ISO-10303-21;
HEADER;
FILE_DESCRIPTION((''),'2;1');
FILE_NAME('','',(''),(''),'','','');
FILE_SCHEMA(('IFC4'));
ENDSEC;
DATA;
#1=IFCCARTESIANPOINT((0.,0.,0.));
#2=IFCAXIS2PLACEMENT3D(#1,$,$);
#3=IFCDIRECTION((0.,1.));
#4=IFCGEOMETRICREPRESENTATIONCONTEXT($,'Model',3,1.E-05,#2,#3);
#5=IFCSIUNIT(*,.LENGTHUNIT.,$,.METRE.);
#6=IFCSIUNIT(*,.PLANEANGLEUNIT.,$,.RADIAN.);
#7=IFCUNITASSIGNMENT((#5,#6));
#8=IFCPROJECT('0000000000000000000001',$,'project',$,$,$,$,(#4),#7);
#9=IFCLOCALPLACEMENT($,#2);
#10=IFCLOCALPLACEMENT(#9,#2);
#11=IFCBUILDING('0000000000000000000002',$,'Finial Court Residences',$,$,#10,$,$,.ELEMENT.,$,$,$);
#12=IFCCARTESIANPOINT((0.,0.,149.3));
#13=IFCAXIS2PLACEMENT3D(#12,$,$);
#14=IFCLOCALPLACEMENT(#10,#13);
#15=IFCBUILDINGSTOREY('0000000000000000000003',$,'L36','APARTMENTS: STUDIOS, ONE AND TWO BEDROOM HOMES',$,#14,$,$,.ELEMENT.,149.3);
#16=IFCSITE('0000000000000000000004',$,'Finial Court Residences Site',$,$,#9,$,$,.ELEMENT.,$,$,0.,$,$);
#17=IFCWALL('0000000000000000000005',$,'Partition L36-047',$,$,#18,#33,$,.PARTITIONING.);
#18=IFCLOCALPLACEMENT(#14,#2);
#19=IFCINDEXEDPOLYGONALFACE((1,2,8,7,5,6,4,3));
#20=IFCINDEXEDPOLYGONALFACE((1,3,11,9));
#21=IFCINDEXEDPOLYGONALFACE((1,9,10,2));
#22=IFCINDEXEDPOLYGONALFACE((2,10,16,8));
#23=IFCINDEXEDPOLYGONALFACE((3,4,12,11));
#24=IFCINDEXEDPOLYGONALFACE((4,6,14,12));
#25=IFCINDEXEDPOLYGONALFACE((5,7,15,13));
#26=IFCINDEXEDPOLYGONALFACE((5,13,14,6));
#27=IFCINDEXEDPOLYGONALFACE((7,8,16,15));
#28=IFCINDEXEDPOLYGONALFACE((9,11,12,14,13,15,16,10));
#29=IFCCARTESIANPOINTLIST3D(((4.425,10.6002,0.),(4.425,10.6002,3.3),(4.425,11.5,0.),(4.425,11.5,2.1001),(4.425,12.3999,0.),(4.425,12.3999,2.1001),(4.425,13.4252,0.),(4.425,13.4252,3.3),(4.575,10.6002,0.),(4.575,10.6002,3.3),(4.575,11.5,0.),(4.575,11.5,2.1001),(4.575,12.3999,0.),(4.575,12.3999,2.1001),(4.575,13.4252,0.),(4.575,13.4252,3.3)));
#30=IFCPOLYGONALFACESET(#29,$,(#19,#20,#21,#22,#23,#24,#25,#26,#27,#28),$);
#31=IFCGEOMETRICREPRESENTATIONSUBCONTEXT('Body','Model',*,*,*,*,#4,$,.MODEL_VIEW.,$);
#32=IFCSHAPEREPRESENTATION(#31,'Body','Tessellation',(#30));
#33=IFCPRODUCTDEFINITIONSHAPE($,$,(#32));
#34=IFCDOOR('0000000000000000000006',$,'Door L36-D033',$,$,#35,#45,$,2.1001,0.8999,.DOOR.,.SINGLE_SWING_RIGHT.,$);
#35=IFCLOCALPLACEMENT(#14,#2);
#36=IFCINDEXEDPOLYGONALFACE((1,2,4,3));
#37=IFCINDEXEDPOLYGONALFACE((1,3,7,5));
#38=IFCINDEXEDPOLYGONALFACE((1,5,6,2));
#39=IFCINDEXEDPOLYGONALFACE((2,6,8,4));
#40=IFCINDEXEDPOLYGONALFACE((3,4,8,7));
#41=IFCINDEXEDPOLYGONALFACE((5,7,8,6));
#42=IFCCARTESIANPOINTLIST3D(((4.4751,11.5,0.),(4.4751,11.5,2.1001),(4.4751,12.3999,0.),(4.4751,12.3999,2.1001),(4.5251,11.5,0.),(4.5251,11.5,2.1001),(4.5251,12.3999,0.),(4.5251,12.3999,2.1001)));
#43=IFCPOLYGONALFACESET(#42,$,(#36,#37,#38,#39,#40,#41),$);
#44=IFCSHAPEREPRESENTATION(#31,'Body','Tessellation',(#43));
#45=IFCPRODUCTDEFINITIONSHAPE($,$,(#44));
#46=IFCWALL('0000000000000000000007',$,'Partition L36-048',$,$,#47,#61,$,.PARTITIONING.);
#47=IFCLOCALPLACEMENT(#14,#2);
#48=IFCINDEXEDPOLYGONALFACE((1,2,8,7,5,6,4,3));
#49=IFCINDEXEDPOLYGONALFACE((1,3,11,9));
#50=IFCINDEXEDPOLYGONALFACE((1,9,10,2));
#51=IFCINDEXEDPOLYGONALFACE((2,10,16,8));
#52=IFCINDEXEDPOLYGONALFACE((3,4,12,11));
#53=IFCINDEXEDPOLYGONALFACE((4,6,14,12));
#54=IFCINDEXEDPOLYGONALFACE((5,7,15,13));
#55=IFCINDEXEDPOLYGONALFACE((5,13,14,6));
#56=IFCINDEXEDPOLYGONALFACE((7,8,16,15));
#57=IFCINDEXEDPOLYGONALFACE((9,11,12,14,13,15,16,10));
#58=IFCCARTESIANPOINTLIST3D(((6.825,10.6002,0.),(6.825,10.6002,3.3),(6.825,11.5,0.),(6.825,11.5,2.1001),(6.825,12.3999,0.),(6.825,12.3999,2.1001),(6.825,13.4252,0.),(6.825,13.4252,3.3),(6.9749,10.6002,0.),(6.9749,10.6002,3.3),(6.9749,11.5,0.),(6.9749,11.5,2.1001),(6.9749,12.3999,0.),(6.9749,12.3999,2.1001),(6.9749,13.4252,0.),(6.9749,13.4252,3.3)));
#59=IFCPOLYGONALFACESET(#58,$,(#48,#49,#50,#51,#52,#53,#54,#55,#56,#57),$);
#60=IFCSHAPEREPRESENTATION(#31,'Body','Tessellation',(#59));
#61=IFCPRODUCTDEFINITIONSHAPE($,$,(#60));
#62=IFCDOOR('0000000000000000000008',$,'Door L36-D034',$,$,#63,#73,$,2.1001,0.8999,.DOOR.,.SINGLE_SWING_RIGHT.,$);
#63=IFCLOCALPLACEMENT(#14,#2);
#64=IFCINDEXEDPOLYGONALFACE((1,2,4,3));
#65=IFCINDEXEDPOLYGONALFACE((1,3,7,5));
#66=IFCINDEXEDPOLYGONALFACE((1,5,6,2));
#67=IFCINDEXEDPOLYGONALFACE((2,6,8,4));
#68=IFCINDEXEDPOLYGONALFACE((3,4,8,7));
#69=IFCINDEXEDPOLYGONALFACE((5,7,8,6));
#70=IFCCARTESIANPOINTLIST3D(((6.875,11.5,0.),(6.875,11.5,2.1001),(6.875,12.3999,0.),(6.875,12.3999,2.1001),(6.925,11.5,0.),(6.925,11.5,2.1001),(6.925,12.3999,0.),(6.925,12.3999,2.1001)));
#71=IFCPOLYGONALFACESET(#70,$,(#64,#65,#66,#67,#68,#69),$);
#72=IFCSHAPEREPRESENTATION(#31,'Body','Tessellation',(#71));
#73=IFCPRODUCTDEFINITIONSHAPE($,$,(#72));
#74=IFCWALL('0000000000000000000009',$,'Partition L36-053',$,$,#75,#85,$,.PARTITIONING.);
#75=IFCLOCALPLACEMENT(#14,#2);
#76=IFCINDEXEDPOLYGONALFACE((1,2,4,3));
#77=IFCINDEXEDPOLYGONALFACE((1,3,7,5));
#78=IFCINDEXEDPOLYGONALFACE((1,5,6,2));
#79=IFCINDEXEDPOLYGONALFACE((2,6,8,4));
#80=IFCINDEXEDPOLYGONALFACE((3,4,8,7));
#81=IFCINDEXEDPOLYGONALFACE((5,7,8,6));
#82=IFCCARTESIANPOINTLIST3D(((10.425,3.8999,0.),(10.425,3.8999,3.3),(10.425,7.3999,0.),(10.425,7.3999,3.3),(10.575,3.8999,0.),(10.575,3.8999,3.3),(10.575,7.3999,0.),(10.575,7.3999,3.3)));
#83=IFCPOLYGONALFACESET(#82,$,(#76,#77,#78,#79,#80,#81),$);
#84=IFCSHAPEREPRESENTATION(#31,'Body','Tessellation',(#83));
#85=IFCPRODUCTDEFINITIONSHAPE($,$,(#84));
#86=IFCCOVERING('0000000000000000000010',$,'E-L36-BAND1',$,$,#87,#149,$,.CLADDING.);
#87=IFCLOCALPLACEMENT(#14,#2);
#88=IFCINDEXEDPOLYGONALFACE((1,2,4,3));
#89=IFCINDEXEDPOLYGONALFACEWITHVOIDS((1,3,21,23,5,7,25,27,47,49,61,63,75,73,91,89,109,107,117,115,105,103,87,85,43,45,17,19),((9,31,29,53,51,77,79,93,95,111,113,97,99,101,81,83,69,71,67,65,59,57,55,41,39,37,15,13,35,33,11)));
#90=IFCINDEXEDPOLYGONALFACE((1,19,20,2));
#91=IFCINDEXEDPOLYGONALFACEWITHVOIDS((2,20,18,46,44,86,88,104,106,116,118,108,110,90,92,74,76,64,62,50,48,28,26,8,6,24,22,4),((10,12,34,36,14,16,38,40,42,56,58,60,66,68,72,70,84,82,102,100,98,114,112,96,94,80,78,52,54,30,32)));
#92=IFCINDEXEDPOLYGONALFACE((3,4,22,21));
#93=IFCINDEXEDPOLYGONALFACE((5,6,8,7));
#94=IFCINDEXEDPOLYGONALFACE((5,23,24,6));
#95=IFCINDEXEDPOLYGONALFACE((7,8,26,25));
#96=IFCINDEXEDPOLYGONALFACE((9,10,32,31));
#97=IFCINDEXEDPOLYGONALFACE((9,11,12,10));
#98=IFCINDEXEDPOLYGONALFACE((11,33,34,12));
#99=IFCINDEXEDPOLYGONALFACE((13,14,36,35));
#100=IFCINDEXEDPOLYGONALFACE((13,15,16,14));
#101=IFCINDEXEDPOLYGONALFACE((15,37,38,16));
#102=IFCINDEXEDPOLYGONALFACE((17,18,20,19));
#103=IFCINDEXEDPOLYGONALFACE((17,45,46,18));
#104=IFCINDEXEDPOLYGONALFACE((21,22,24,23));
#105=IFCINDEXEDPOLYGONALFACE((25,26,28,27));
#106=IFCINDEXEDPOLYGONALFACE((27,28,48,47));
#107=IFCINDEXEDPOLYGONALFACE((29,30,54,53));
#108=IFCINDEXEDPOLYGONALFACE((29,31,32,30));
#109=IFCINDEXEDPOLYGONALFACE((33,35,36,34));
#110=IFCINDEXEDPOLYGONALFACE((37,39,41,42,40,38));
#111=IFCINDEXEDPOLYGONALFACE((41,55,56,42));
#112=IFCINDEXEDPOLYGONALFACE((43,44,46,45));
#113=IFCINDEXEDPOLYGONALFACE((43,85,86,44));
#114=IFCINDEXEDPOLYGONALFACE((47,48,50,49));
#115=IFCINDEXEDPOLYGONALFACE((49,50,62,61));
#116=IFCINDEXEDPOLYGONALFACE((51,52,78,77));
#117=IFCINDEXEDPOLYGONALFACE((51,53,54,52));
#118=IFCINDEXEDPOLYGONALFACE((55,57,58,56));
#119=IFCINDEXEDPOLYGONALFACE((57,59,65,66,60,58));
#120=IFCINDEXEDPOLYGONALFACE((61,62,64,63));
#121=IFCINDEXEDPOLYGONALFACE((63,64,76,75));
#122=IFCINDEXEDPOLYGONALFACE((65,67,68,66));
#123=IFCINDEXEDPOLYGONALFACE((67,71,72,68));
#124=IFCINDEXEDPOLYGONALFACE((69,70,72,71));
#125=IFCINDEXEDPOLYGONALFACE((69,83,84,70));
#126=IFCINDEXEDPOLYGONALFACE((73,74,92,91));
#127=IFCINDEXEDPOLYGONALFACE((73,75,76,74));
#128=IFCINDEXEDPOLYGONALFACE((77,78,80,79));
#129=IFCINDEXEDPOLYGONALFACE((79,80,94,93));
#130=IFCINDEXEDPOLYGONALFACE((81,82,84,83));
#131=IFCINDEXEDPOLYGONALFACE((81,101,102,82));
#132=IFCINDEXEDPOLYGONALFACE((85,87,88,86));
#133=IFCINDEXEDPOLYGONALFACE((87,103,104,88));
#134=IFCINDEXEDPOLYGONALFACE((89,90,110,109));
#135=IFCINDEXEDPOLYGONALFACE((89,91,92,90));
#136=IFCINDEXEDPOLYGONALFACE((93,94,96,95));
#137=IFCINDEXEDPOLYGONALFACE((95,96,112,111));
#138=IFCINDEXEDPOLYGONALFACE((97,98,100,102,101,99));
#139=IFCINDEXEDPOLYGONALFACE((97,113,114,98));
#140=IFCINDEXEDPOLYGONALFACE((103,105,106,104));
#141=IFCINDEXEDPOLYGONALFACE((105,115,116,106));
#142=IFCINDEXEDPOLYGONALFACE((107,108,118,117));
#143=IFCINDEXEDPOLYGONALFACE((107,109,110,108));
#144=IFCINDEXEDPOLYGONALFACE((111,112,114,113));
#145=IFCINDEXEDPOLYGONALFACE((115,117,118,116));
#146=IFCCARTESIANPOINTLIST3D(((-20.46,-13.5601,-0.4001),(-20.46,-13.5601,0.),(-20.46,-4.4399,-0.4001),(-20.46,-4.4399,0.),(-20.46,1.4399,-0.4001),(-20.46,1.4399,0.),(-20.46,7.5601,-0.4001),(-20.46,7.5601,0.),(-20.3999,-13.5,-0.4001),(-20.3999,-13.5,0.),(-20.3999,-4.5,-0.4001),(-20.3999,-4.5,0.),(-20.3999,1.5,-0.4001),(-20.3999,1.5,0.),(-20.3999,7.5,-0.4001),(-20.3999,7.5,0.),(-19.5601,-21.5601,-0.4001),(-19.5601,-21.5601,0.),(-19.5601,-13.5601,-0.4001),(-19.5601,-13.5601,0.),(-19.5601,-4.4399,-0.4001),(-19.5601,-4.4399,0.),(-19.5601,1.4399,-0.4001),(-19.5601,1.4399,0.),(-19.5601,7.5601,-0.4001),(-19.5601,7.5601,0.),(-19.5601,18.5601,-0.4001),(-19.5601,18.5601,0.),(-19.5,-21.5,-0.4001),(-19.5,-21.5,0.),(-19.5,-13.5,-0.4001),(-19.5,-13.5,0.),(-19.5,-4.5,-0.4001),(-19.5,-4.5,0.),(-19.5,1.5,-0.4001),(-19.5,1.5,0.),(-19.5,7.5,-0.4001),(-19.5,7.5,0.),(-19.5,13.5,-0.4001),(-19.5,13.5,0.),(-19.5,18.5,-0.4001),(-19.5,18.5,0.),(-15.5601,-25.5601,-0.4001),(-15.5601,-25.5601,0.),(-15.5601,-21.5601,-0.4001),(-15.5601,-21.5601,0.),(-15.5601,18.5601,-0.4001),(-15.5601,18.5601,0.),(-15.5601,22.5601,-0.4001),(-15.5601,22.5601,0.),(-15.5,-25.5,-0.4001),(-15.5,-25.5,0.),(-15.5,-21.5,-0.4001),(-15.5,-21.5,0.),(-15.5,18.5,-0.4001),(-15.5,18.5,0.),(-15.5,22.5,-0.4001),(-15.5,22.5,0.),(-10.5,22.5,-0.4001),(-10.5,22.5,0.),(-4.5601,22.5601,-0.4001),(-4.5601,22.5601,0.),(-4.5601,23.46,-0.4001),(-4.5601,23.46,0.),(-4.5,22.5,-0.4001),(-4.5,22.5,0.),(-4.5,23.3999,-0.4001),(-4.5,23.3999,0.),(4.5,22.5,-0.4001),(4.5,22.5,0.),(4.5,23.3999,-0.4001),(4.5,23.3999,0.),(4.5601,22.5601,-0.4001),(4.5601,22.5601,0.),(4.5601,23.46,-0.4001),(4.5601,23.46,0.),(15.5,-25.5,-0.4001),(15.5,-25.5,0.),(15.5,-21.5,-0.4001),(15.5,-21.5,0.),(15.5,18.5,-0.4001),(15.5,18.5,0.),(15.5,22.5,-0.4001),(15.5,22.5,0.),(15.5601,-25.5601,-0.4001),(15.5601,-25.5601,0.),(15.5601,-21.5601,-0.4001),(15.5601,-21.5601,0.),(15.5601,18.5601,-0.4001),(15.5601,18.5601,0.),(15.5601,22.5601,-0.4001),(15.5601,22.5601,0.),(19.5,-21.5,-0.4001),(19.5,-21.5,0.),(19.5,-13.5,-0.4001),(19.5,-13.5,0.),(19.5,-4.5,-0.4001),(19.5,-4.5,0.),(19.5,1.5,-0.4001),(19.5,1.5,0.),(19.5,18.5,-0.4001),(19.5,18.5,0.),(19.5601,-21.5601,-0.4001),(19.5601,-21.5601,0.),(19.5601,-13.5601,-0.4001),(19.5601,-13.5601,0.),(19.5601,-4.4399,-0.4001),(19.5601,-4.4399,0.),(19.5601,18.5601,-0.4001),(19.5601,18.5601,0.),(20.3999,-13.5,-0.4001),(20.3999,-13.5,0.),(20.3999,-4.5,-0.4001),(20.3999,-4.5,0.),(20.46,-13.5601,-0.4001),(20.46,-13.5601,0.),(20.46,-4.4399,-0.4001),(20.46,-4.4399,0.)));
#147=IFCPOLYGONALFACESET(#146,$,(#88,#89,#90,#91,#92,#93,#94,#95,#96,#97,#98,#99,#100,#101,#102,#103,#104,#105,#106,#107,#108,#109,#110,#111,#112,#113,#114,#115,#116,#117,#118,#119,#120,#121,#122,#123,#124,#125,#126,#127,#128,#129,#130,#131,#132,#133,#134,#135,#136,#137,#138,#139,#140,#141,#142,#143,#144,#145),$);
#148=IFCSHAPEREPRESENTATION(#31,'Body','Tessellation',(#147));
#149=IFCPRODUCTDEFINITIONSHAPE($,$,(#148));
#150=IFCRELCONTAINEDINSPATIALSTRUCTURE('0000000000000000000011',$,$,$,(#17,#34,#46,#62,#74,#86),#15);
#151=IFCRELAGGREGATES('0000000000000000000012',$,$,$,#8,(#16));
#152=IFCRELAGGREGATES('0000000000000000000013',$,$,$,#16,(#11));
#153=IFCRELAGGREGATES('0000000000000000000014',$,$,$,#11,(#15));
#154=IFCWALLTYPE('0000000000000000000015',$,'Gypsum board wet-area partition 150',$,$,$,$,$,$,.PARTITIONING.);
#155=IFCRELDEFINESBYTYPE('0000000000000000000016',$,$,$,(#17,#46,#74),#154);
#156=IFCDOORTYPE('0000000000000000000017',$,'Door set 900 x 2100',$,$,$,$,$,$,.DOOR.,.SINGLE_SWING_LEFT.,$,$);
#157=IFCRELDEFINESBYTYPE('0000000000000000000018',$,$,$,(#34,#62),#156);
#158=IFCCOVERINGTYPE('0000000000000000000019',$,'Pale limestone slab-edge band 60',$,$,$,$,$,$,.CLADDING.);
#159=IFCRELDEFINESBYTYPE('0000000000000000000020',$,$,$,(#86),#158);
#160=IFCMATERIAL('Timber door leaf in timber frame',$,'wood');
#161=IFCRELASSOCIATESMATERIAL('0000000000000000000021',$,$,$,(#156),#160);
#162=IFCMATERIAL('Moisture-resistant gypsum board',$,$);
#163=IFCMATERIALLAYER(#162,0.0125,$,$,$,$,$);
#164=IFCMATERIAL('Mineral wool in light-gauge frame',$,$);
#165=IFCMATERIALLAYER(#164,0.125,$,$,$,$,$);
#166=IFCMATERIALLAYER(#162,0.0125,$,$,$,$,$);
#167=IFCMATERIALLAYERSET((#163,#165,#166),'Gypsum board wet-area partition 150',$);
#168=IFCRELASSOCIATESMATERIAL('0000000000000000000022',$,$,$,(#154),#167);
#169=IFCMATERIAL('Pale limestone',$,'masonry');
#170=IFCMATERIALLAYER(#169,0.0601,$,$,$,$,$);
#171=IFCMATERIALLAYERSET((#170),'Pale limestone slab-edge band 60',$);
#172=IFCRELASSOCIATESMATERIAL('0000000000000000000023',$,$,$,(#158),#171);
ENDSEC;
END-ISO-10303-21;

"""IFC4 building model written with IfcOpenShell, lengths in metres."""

from ifc_helpers import new_model, si_unit, direction, frame, frame_2d, origin, place, context, subcontext, project, spatial, polyline, rectangle, outline, extrude, material, layer, layer_set, type_object, element, fill, save


model = new_model("IFC4")

# Units and contexts
model_context = context("Model", 3, precision=1e-05, world=origin(), true_north=direction((0.0, 1.0)))
body_context = subcontext(model_context, "Body", "Model", "MODEL_VIEW")
ifc_project = project(units=[si_unit("LENGTHUNIT", "METRE"), si_unit("PLANEANGLEUNIT", "RADIAN")], contexts=[model_context])

# Site, building, storey
site_placement = place(None, origin())
site = spatial("IfcSite", under=ifc_project, at=site_placement, Name="Finial Court Residences Site", CompositionType="ELEMENT", RefElevation=0.0)
building_placement = place(site_placement, origin())
building = spatial("IfcBuilding", under=site, at=building_placement, Name="Finial Court Residences", CompositionType="ELEMENT")
storey_placement = place(building_placement, frame((0.0, 0.0, 149.3)))
storey = spatial("IfcBuildingStorey", under=building, at=storey_placement, Name="L36", Description="APARTMENTS: STUDIOS, ONE AND TWO BEDROOM HOMES", CompositionType="ELEMENT", Elevation=149.3)

# Shared definitions
ifc_material_1 = material(Name="Mineral wool in light-gauge frame")
ifc_material_2 = material(Name="Timber door leaf in timber frame", Category="wood")
door_type = type_object("IfcDoorType", Name="Door set 900 x 2100", OperationType="SINGLE_SWING_LEFT", PredefinedType="DOOR", material=ifc_material_2)
ifc_material_3 = material(Name="Moisture-resistant gypsum board")
ifc_layer_1 = layer(ifc_material_3, 0.0125)
ifc_layer_2 = layer(ifc_material_1, 0.125)
ifc_layer_3 = layer(ifc_material_3, 0.0125)
ifc_layer_set_1 = layer_set([ifc_layer_1, ifc_layer_2, ifc_layer_3], Name="Gypsum board wet-area partition 150")
wall_type_1 = type_object("IfcWallType", Name="Gypsum board wet-area partition 150", PredefinedType="PARTITIONING", material=ifc_layer_set_1)

# Walls, openings, doors
wall_1_placement = place(storey_placement, frame((4.5, 10.6001, 0.0), z_axis=(0.0, 0.0, 1.0), x_axis=(0.0, 1.0, 0.0)))
wall_1 = element("IfcWall", 1, at=wall_1_placement, inside=storey, type_object=wall_type_1, Name="Partition L36-047", PredefinedType="PARTITIONING", context=body_context, shape_type="SweptSolid", body=[
    extrude(rectangle(XDim=2.825, YDim=0.1499, at=frame_2d((1.4126, 0.0))), origin(), (0.0, 0.0, 1.0), 3.3),
])
opening_1_placement = place(wall_1_placement, frame((0.8999, 0.0, 0.0)))
opening_1 = element("IfcOpeningElement", 2, at=opening_1_placement, cuts=wall_1, PredefinedType="OPENING", context=body_context, shape_type="SweptSolid", body=[
    extrude(rectangle(XDim=0.8999, YDim=2.1001, at=frame_2d((0.45, 1.05))), frame((0.0, 0.085, 0.0), z_axis=(0.0, -1.0, 0.0), x_axis=(1.0, 0.0, 0.0)), (0.0, 0.0, 1.0), 0.1699),
])
door_1_placement = place(opening_1_placement, origin())
door_1 = element("IfcDoor", 3, at=door_1_placement, inside=storey, type_object=door_type, Name="Door L36-D033", OperationType="SINGLE_SWING_RIGHT", OverallHeight=2.1001, OverallWidth=0.8999, PredefinedType="DOOR", context=body_context, shape_type="SweptSolid", body=[
    extrude(rectangle(XDim=0.8999, YDim=2.1001, at=frame_2d((0.45, 1.05))), frame((0.0, 0.0249, 0.0), z_axis=(0.0, -1.0, 0.0), x_axis=(1.0, 0.0, 0.0)), (0.0, 0.0, 1.0), 0.05),
])
fill(opening_1, door_1)
wall_2_placement = place(storey_placement, frame((6.8999, 10.6001, 0.0), z_axis=(0.0, 0.0, 1.0), x_axis=(0.0, 1.0, 0.0)))
wall_2 = element("IfcWall", 4, at=wall_2_placement, inside=storey, type_object=wall_type_1, Name="Partition L36-048", PredefinedType="PARTITIONING", context=body_context, shape_type="SweptSolid", body=[
    extrude(rectangle(XDim=2.825, YDim=0.1499, at=frame_2d((1.4126, 0.0))), origin(), (0.0, 0.0, 1.0), 3.3),
])
opening_2_placement = place(wall_2_placement, frame((0.8999, 0.0, 0.0)))
opening_2 = element("IfcOpeningElement", 5, at=opening_2_placement, cuts=wall_2, PredefinedType="OPENING", context=body_context, shape_type="SweptSolid", body=[
    extrude(rectangle(XDim=0.8999, YDim=2.1001, at=frame_2d((0.45, 1.05))), frame((0.0, 0.085, 0.0), z_axis=(0.0, -1.0, 0.0), x_axis=(1.0, 0.0, 0.0)), (0.0, 0.0, 1.0), 0.1699),
])
door_2_placement = place(opening_2_placement, origin())
door_2 = element("IfcDoor", 6, at=door_2_placement, inside=storey, type_object=door_type, Name="Door L36-D034", OperationType="SINGLE_SWING_RIGHT", OverallHeight=2.1001, OverallWidth=0.8999, PredefinedType="DOOR", context=body_context, shape_type="SweptSolid", body=[
    extrude(rectangle(XDim=0.8999, YDim=2.1001, at=frame_2d((0.45, 1.05))), frame((0.0, 0.0249, 0.0), z_axis=(0.0, -1.0, 0.0), x_axis=(1.0, 0.0, 0.0)), (0.0, 0.0, 1.0), 0.05),
])
fill(opening_2, door_2)

# Wall
wall_3_placement = place(storey_placement, frame((10.5, 3.8999, 0.0), z_axis=(0.0, 0.0, 1.0), x_axis=(0.0, 1.0, 0.0)))
element("IfcWall", 7, at=wall_3_placement, inside=storey, type_object=wall_type_1, Name="Partition L36-053", PredefinedType="PARTITIONING", context=body_context, shape_type="SweptSolid", body=[
    extrude(rectangle(XDim=3.5, YDim=0.1499, at=frame_2d((1.75, 0.0))), origin(), (0.0, 0.0, 1.0), 3.3),
])

# Covering
ifc_material_4 = material(Name="Pale limestone", Category="masonry")
ifc_layer_4 = layer(ifc_material_4, 0.0601)
ifc_layer_set_2 = layer_set([ifc_layer_4], Name="Pale limestone slab-edge band 60")
covering_type = type_object("IfcCoveringType", Name="Pale limestone slab-edge band 60", PredefinedType="CLADDING", material=ifc_layer_set_2)
covering_placement = place(storey_placement, frame((0.0, 0.0, -0.4001)))
element("IfcCovering", 8, at=covering_placement, inside=storey, type_object=covering_type, Name="E-L36-BAND1", PredefinedType="CLADDING", context=body_context, shape_type="SweptSolid", body=[
    extrude(outline(polyline([(20.46, -13.5601), (19.5601, -13.5601), (19.5601, -21.5601), (15.5601, -21.5601), (15.5601, -25.5601), (-15.5601, -25.5601), (-15.5601, -21.5601), (-19.5601, -21.5601), (-19.5601, -13.5601), (-20.46, -13.5601), (-20.46, -4.4399), (-19.5601, -4.4399), (-19.5601, 1.4399), (-20.46, 1.4399), (-20.46, 7.5601), (-19.5601, 7.5601), (-19.5601, 18.5601), (-15.5601, 18.5601), (-15.5601, 22.5601), (-4.5601, 22.5601), (-4.5601, 23.46), (4.5601, 23.46), (4.5601, 22.5601), (15.5601, 22.5601), (15.5601, 18.5601), (19.5601, 18.5601), (19.5601, -4.4399), (20.46, -4.4399), (20.46, -13.5601)]), holes=[polyline([(19.5, -4.5), (19.5, 1.5), (19.5, 18.5), (15.5, 18.5), (15.5, 22.5), (4.5, 22.5), (4.5, 23.3999), (-4.5, 23.3999), (-4.5, 22.5), (-10.5, 22.5), (-15.5, 22.5), (-15.5, 18.5), (-19.5, 18.5), (-19.5, 13.5), (-19.5, 7.5), (-20.3999, 7.5), (-20.3999, 1.5), (-19.5, 1.5), (-19.5, -4.5), (-20.3999, -4.5), (-20.3999, -13.5), (-19.5, -13.5), (-19.5, -21.5), (-15.5, -21.5), (-15.5, -25.5), (15.5, -25.5), (15.5, -21.5), (19.5, -21.5), (19.5, -13.5), (20.3999, -13.5), (20.3999, -4.5), (19.5, -4.5)])]), origin(), (0.0, 0.0, 1.0), 0.4001),
])

save(model, "model.ifc")
